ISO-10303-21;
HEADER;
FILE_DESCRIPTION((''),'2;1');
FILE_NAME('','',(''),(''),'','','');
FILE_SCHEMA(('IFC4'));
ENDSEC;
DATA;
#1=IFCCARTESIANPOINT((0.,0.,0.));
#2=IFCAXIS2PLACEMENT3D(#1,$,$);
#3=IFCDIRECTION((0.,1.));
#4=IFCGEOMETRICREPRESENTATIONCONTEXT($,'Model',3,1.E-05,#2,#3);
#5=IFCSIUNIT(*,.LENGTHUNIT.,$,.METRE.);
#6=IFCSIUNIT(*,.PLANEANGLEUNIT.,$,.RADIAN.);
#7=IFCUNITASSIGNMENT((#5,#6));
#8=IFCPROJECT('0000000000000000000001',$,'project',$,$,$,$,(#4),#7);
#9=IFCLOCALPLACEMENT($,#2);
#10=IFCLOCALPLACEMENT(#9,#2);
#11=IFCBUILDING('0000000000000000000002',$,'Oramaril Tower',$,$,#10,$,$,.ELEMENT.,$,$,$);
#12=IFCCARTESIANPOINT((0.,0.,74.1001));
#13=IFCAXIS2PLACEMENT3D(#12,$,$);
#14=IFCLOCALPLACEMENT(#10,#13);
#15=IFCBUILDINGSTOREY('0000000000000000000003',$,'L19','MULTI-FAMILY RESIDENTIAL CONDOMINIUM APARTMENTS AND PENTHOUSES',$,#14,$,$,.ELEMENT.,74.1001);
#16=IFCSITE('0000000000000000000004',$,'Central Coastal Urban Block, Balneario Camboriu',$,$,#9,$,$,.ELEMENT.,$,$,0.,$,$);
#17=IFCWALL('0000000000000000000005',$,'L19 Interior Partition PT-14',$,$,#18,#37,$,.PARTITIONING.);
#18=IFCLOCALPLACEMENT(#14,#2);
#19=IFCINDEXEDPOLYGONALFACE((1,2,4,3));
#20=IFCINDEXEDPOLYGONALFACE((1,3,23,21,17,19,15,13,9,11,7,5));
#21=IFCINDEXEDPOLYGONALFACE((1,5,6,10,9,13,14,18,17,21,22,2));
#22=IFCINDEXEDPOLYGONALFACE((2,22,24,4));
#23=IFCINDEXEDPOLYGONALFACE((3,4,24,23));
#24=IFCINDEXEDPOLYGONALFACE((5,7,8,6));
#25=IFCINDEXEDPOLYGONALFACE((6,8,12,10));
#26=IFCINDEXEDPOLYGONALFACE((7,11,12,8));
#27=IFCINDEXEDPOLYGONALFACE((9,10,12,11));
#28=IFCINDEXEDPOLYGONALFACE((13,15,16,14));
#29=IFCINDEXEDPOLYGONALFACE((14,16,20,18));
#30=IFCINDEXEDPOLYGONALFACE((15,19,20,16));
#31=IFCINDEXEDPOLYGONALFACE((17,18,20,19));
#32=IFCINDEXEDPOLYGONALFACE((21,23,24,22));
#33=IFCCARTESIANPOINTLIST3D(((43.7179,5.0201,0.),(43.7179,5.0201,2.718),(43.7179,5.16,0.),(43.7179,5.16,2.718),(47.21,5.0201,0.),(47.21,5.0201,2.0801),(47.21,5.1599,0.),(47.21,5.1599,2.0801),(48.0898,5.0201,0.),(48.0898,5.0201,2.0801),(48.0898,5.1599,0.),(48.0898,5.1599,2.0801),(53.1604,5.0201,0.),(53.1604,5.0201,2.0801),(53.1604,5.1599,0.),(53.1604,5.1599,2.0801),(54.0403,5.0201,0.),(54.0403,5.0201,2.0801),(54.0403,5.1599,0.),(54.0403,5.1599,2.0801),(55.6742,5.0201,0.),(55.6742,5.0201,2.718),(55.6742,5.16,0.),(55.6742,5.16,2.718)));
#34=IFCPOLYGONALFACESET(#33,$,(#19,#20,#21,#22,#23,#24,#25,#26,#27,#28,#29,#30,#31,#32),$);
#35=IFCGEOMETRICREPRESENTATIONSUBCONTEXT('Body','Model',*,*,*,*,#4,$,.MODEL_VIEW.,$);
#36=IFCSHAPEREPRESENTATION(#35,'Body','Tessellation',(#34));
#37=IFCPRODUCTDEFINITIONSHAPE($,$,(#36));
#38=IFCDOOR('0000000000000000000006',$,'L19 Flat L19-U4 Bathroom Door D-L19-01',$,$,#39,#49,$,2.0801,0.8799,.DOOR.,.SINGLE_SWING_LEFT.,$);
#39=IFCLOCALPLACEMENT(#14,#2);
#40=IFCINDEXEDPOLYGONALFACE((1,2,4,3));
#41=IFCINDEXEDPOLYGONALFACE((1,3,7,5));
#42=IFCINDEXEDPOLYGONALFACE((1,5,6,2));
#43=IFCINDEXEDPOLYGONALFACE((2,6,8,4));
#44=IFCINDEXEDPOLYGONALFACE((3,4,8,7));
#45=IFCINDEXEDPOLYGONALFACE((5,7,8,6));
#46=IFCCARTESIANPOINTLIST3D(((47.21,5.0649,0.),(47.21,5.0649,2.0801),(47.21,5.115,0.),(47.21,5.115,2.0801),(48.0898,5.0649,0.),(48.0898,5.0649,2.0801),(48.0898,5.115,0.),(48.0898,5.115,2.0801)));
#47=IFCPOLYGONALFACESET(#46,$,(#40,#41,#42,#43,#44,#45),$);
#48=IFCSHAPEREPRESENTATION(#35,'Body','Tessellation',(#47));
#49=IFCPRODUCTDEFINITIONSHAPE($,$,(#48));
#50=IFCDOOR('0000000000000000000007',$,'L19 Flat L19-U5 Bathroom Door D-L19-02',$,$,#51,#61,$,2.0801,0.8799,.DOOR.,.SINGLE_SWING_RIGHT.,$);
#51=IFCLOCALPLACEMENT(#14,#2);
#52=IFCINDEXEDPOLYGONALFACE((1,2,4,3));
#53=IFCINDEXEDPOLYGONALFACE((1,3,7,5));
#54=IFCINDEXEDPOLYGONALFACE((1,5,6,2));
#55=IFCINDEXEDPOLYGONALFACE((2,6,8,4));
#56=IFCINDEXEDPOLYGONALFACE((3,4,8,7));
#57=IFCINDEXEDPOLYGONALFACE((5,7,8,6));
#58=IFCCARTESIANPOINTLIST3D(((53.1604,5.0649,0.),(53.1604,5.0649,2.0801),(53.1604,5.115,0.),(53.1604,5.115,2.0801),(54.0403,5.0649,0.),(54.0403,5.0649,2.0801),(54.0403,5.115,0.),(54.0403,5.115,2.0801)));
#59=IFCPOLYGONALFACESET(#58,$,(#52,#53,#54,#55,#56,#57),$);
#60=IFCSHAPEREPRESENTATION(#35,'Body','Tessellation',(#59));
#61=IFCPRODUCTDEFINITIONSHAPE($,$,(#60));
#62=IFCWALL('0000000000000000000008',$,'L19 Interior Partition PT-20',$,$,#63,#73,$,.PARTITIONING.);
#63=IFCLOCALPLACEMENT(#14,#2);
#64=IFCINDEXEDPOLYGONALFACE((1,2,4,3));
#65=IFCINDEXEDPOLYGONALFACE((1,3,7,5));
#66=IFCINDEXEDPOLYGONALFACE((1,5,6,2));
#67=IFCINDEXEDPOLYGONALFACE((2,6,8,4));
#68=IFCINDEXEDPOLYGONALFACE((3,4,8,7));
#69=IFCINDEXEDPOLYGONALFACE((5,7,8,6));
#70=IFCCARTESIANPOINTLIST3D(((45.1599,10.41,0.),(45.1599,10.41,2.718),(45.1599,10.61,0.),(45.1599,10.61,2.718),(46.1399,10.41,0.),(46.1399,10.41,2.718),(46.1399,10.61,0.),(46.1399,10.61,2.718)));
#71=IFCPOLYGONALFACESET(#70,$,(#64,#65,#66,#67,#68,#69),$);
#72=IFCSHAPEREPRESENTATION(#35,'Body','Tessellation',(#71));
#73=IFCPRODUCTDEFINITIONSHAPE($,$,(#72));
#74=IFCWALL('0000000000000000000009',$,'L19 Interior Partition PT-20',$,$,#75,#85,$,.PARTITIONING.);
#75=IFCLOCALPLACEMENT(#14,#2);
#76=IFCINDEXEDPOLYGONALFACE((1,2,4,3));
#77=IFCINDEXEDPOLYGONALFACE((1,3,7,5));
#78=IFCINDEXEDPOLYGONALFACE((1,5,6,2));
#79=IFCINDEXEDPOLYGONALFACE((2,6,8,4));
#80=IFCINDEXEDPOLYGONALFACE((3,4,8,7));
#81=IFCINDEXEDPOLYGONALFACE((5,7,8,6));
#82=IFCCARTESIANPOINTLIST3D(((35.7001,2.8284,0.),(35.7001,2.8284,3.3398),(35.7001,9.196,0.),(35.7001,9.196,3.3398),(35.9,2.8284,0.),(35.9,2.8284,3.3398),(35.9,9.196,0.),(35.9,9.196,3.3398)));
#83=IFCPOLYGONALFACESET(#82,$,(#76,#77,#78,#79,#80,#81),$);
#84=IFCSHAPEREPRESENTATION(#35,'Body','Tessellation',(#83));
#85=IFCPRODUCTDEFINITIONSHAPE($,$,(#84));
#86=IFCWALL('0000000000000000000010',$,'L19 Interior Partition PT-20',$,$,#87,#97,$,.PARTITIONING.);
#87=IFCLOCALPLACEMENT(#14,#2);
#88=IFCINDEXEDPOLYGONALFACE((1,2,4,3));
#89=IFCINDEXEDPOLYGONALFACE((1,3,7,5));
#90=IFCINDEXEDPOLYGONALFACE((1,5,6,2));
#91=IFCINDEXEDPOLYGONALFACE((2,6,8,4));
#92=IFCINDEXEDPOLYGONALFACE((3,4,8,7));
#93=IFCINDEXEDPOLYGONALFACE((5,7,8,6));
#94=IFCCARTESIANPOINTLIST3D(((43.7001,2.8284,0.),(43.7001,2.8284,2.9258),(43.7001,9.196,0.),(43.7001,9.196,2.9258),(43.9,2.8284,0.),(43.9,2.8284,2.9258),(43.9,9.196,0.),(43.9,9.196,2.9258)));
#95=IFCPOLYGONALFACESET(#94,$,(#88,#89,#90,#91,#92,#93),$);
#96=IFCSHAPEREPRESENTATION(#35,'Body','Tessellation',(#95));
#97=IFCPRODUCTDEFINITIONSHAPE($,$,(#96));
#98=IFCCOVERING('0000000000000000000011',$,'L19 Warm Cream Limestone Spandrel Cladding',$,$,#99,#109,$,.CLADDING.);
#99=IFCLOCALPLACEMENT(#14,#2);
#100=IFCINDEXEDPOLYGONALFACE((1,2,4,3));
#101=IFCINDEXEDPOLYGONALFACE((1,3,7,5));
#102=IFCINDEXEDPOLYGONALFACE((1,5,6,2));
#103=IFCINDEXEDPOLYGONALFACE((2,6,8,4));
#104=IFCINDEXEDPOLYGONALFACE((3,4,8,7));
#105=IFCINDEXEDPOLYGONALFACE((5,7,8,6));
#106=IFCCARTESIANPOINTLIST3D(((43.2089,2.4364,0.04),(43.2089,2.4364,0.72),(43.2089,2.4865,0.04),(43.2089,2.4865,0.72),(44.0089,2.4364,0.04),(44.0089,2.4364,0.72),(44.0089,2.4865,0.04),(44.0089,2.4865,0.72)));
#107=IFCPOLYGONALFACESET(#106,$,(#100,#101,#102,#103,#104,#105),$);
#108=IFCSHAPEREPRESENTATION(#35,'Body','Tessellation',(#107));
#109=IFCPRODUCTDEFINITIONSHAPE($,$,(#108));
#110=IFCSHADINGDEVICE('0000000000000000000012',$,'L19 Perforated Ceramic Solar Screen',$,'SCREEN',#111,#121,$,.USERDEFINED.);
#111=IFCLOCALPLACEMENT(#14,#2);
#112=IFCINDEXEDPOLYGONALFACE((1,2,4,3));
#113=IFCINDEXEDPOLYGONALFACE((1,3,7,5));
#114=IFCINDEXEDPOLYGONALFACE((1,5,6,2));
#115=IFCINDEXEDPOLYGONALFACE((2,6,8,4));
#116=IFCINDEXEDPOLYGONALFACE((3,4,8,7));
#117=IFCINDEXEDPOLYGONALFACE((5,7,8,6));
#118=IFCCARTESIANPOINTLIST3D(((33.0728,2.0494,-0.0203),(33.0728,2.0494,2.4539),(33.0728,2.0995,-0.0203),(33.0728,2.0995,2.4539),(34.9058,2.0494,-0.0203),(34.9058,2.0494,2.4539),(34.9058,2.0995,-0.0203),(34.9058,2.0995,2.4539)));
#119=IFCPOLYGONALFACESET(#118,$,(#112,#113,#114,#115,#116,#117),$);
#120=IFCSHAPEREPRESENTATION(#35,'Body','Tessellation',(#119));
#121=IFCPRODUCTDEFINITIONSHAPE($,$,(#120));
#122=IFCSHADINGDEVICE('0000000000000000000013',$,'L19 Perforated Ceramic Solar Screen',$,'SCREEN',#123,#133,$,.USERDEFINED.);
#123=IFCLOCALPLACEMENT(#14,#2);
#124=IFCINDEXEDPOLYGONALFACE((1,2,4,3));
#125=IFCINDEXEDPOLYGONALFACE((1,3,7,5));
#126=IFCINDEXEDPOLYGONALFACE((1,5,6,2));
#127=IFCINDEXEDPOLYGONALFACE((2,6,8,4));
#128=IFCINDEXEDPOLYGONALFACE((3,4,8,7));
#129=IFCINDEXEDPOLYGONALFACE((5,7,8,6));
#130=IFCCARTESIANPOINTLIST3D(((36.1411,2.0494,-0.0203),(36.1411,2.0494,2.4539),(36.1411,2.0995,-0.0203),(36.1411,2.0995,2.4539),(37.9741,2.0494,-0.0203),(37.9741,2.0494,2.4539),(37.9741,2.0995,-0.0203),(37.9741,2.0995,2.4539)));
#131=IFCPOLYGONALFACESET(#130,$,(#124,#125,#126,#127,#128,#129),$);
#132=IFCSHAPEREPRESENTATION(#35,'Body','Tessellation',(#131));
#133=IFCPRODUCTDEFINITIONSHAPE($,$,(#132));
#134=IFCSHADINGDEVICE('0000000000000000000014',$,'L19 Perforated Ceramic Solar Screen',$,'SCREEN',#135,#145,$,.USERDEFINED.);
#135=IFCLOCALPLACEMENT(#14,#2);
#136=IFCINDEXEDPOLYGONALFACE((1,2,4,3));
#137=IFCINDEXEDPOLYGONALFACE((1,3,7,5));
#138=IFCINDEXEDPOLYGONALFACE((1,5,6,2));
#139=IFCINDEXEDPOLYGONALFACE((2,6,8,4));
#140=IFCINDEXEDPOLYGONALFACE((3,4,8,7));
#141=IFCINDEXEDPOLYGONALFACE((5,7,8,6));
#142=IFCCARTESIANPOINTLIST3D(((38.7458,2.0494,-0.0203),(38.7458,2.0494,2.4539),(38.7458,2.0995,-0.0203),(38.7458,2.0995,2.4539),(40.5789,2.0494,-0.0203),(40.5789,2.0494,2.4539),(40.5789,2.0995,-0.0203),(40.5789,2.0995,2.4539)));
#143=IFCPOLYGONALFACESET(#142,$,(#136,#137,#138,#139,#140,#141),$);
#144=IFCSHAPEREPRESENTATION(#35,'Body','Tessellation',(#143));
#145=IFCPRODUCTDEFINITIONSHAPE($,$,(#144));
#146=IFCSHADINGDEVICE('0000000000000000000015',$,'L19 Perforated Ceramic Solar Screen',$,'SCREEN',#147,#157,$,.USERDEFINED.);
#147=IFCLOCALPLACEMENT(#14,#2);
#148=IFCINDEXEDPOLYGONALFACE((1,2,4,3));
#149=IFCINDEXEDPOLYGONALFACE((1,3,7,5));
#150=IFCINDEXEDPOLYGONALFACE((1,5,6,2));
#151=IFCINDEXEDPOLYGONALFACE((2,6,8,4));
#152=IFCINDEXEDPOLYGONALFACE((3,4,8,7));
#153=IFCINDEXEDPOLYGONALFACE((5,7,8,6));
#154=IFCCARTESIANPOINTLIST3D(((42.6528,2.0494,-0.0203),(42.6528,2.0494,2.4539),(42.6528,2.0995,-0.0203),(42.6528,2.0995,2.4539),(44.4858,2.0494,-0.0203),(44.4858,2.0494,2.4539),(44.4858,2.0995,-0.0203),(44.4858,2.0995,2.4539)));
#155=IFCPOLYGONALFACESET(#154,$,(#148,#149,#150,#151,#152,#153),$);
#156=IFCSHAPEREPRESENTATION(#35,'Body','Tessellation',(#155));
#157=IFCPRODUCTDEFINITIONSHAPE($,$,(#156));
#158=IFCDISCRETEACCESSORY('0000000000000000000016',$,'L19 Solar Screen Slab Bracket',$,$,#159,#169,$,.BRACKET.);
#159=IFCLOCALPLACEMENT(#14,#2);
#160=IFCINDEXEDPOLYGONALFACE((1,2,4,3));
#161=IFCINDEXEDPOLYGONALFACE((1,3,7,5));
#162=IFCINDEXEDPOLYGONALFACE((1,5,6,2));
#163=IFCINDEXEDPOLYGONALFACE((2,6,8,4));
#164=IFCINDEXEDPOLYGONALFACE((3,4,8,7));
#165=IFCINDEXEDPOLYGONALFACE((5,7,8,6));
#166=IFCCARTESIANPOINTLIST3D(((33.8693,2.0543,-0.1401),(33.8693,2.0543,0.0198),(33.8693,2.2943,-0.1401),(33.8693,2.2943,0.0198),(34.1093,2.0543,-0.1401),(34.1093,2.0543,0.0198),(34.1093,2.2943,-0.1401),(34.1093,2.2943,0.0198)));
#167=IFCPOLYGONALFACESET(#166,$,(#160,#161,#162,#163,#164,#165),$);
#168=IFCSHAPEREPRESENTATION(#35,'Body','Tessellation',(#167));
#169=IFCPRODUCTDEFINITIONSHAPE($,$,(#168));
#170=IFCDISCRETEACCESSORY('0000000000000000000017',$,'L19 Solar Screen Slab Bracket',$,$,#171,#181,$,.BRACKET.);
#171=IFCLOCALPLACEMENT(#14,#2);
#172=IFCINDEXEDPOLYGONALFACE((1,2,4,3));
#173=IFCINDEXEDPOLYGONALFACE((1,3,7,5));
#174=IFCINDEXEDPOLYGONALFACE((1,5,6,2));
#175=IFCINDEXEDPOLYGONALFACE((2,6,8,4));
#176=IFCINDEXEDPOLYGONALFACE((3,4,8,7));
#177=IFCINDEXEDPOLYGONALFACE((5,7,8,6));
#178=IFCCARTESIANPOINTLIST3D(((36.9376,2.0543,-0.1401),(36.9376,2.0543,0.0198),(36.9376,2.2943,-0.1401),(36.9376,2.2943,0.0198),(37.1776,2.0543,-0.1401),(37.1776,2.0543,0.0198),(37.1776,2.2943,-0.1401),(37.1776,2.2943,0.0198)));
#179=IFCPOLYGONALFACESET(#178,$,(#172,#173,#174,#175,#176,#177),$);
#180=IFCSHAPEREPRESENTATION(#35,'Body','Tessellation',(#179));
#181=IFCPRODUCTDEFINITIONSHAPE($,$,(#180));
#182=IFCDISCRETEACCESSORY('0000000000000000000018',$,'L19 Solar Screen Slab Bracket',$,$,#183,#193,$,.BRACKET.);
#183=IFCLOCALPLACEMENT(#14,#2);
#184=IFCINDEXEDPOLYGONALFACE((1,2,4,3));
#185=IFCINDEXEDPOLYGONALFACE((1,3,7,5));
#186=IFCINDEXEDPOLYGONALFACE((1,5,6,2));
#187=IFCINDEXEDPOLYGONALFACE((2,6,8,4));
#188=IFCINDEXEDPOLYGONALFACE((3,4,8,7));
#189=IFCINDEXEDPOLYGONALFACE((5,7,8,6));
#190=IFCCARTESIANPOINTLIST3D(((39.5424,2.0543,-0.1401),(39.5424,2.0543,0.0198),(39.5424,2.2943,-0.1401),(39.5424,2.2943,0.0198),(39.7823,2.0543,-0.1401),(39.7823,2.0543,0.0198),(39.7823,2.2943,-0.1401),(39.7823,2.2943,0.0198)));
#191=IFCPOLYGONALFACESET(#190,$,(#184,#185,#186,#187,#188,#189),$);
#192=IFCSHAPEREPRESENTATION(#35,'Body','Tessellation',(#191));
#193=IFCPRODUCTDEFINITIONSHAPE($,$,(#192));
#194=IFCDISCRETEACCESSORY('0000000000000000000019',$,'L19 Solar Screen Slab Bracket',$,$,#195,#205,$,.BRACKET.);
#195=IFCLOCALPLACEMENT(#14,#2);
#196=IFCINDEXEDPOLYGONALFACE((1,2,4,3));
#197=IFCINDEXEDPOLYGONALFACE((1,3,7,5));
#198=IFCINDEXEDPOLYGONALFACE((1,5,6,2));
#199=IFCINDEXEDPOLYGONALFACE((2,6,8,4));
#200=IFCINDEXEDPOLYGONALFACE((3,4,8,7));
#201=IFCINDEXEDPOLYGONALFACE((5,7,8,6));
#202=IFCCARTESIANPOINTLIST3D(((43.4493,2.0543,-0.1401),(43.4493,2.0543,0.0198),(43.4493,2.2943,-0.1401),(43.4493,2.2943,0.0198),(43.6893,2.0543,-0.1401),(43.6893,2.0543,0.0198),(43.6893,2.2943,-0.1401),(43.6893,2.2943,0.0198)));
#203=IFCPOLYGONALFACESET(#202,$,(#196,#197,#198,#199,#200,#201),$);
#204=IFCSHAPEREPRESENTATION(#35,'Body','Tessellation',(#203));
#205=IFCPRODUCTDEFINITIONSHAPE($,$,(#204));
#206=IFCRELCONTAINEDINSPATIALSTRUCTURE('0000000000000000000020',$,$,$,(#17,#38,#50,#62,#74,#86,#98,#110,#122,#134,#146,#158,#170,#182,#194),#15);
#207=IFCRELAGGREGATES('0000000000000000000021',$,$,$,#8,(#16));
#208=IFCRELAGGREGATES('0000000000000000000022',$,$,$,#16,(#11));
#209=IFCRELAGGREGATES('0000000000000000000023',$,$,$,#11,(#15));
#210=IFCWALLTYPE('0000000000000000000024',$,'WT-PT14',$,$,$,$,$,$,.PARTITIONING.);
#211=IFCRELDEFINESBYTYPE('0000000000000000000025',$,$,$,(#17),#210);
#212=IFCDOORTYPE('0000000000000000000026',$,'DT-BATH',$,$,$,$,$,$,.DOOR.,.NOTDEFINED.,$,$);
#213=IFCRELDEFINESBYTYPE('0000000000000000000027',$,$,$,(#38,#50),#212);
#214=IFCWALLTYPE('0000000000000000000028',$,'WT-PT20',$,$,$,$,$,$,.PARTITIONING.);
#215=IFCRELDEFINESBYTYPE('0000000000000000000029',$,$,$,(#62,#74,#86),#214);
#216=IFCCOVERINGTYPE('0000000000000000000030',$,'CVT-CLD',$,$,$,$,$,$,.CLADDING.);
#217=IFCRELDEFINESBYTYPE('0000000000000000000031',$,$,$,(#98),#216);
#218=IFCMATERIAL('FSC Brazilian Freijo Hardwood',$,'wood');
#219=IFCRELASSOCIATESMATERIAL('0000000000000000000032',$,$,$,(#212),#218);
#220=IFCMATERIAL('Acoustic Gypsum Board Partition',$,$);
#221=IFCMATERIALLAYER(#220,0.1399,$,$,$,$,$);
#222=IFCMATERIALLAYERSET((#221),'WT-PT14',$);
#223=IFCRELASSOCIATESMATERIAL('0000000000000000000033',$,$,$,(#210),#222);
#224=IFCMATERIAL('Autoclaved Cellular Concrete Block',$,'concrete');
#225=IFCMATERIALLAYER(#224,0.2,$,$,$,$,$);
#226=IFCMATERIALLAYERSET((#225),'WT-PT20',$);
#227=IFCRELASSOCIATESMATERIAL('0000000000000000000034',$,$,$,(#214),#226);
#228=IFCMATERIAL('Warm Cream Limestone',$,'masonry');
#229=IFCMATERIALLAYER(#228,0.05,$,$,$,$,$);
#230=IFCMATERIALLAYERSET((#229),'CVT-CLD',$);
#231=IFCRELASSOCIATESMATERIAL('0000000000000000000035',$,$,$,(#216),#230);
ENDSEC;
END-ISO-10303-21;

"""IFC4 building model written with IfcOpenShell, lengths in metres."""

from ifc_helpers import new_model, si_unit, direction, frame, frame_2d, origin, origin_2d, place, context, subcontext, project, spatial, rectangle, extrude, material, layer, layer_set, type_object, element, fill, save


model = new_model("IFC4")

# Units and contexts
model_context = context("Model", 3, precision=1e-05, world=origin(), true_north=direction((0.0, 1.0)))
body_context = subcontext(model_context, "Body", "Model", "MODEL_VIEW")
ifc_project = project(units=[si_unit("LENGTHUNIT", "METRE"), si_unit("PLANEANGLEUNIT", "RADIAN")], contexts=[model_context])

# Site, building, storey
site_placement = place(None, origin())
site = spatial("IfcSite", under=ifc_project, at=site_placement, Name="Central Coastal Urban Block, Balneario Camboriu", CompositionType="ELEMENT", RefElevation=0.0)
building_placement = place(site_placement, origin())
building = spatial("IfcBuilding", under=site, at=building_placement, Name="Oramaril Tower", CompositionType="ELEMENT")
storey_placement = place(building_placement, frame((0.0, 0.0, 74.1001)))
storey = spatial("IfcBuildingStorey", under=building, at=storey_placement, Name="L19", Description="MULTI-FAMILY RESIDENTIAL CONDOMINIUM APARTMENTS AND PENTHOUSES", CompositionType="ELEMENT", Elevation=74.1001)

# Wall, openings, doors
ifc_material_1 = material(Name="FSC Brazilian Freijo Hardwood", Category="wood")
door_type_1 = type_object("IfcDoorType", Name="DT-BATH", OperationType="NOTDEFINED", PredefinedType="DOOR", material=ifc_material_1)
ifc_material_2 = material(Name="Acoustic Gypsum Board Partition")
ifc_layer_1 = layer(ifc_material_2, 0.1399)
ifc_layer_set_1 = layer_set([ifc_layer_1], Name="WT-PT14")
wall_type_1 = type_object("IfcWallType", Name="WT-PT14", PredefinedType="PARTITIONING", material=ifc_layer_set_1)
wall_1_placement = place(storey_placement, frame((43.718, 5.0901, 0.0), z_axis=(0.0, 0.0, 1.0), x_axis=(1.0, 0.0, 0.0)))
wall_1 = element("IfcWall", 1, at=wall_1_placement, inside=storey, type_object=wall_type_1, Name="L19 Interior Partition PT-14", PredefinedType="PARTITIONING", context=body_context, shape_type="SweptSolid", body=[
    extrude(rectangle(XDim=11.9563, YDim=0.1399, at=frame_2d((5.978, 0.0))), origin(), (0.0, 0.0, 1.0), 2.718),
])
opening_1_placement = place(wall_1_placement, frame((3.4919, 0.0, 0.0)))
opening_1 = element("IfcOpeningElement", 2, at=opening_1_placement, cuts=wall_1, PredefinedType="OPENING", context=body_context, shape_type="SweptSolid", body=[
    extrude(rectangle(XDim=0.8799, YDim=2.0801, at=frame_2d((0.4399, 1.04))), frame((0.0, 0.0698, 0.0), z_axis=(0.0, -1.0, 0.0), x_axis=(1.0, 0.0, 0.0)), (0.0, 0.0, 1.0), 0.1399),
])
opening_2_placement = place(wall_1_placement, frame((9.4424, 0.0, 0.0)))
opening_2 = element("IfcOpeningElement", 3, at=opening_2_placement, cuts=wall_1, PredefinedType="OPENING", context=body_context, shape_type="SweptSolid", body=[
    extrude(rectangle(XDim=0.8799, YDim=2.0801, at=frame_2d((0.4399, 1.04))), frame((0.0, 0.0698, 0.0), z_axis=(0.0, -1.0, 0.0), x_axis=(1.0, 0.0, 0.0)), (0.0, 0.0, 1.0), 0.1399),
])
door_1_placement = place(opening_1_placement, origin())
door_1 = element("IfcDoor", 4, at=door_1_placement, inside=storey, type_object=door_type_1, Name="L19 Flat L19-U4 Bathroom Door D-L19-01", OperationType="SINGLE_SWING_LEFT", OverallHeight=2.0801, OverallWidth=0.8799, PredefinedType="DOOR", context=body_context, shape_type="SweptSolid", body=[
    extrude(rectangle(XDim=0.8799, YDim=2.0801, at=frame_2d((0.4399, 1.04))), frame((0.0, 0.0249, 0.0), z_axis=(0.0, -1.0, 0.0), x_axis=(1.0, 0.0, 0.0)), (0.0, 0.0, 1.0), 0.05),
])
fill(opening_1, door_1)
door_2_placement = place(opening_2_placement, origin())
door_2 = element("IfcDoor", 5, at=door_2_placement, inside=storey, type_object=door_type_1, Name="L19 Flat L19-U5 Bathroom Door D-L19-02", OperationType="SINGLE_SWING_RIGHT", OverallHeight=2.0801, OverallWidth=0.8799, PredefinedType="DOOR", context=body_context, shape_type="SweptSolid", body=[
    extrude(rectangle(XDim=0.8799, YDim=2.0801, at=frame_2d((0.4399, 1.04))), frame((0.0, 0.0249, 0.0), z_axis=(0.0, -1.0, 0.0), x_axis=(1.0, 0.0, 0.0)), (0.0, 0.0, 1.0), 0.05),
])
fill(opening_2, door_2)

# Walls
ifc_material_3 = material(Name="Autoclaved Cellular Concrete Block", Category="concrete")
ifc_layer_2 = layer(ifc_material_3, 0.2)
ifc_layer_set_2 = layer_set([ifc_layer_2], Name="WT-PT20")
wall_type_2 = type_object("IfcWallType", Name="WT-PT20", PredefinedType="PARTITIONING", material=ifc_layer_set_2)
wall_2_placement = place(storey_placement, frame((45.1599, 10.51, 0.0), z_axis=(0.0, 0.0, 1.0), x_axis=(1.0, 0.0, 0.0)))
element("IfcWall", 6, at=wall_2_placement, inside=storey, type_object=wall_type_2, Name="L19 Interior Partition PT-20", PredefinedType="PARTITIONING", context=body_context, shape_type="SweptSolid", body=[
    extrude(rectangle(XDim=0.98, YDim=0.2, at=frame_2d((0.49, 0.0))), origin(), (0.0, 0.0, 1.0), 2.718),
])
wall_3_placement = place(storey_placement, frame((35.8, 2.8284, 0.0), z_axis=(0.0, 0.0, 1.0), x_axis=(0.0, 1.0, 0.0)))
element("IfcWall", 7, at=wall_3_placement, inside=storey, type_object=wall_type_2, Name="L19 Interior Partition PT-20", PredefinedType="PARTITIONING", context=body_context, shape_type="SweptSolid", body=[
    extrude(rectangle(XDim=6.3677, YDim=0.2, at=frame_2d((3.1838, 0.0))), origin(), (0.0, 0.0, 1.0), 3.3398),
])
wall_4_placement = place(storey_placement, frame((43.8, 2.8284, 0.0), z_axis=(0.0, 0.0, 1.0), x_axis=(0.0, 1.0, 0.0)))
element("IfcWall", 8, at=wall_4_placement, inside=storey, type_object=wall_type_2, Name="L19 Interior Partition PT-20", PredefinedType="PARTITIONING", context=body_context, shape_type="SweptSolid", body=[
    extrude(rectangle(XDim=6.3677, YDim=0.2, at=frame_2d((3.1838, 0.0))), origin(), (0.0, 0.0, 1.0), 2.9258),
])

# Covering
ifc_material_4 = material(Name="Warm Cream Limestone", Category="masonry")
ifc_layer_3 = layer(ifc_material_4, 0.05)
ifc_layer_set_3 = layer_set([ifc_layer_3], Name="CVT-CLD")
covering_type = type_object("IfcCoveringType", Name="CVT-CLD", PredefinedType="CLADDING", material=ifc_layer_set_3)
covering_placement = place(storey_placement, frame((43.6089, 2.4614, 0.04), z_axis=(0.0, 0.0, 1.0), x_axis=(1.0, 0.0, 0.0)))
element("IfcCovering", 9, at=covering_placement, inside=storey, type_object=covering_type, Name="L19 Warm Cream Limestone Spandrel Cladding", PredefinedType="CLADDING", context=body_context, shape_type="SweptSolid", body=[
    extrude(rectangle(XDim=0.8, YDim=0.05, at=origin_2d()), origin(), (0.0, 0.0, 1.0), 0.6799),
])

# Shading devices
for number, where, z_axis, x_axis, name in (
    (10, (33.9893, 2.0745, -0.0203), (0.0, 0.0, 1.0), (1.0, 0.0, 0.0), "L19 Perforated Ceramic Solar Screen"),
    (11, (37.0576, 2.0745, -0.0203), (0.0, 0.0, 1.0), (1.0, 0.0, 0.0), "L19 Perforated Ceramic Solar Screen"),
    (12, (39.6624, 2.0745, -0.0203), (0.0, 0.0, 1.0), (1.0, 0.0, 0.0), "L19 Perforated Ceramic Solar Screen"),
    (13, (43.5693, 2.0745, -0.0203), (0.0, 0.0, 1.0), (1.0, 0.0, 0.0), "L19 Perforated Ceramic Solar Screen"),
):
    element("IfcShadingDevice", number, at=place(storey_placement, frame(where, z_axis=z_axis, x_axis=x_axis)), inside=storey, Name=name, ObjectType="SCREEN", PredefinedType="USERDEFINED", context=body_context, shape_type="SweptSolid", body=[
        extrude(rectangle(XDim=1.833, YDim=0.05, at=origin_2d()), origin(), (0.0, 0.0, 1.0), 2.4741),
    ])

# Discrete accessories
for number, where, z_axis, x_axis, name in (
    (14, (33.9893, 2.1743, -0.1401), (0.0, 0.0, 1.0), (1.0, 0.0, 0.0), "L19 Solar Screen Slab Bracket"),
    (15, (37.0576, 2.1743, -0.1401), (0.0, 0.0, 1.0), (1.0, 0.0, 0.0), "L19 Solar Screen Slab Bracket"),
    (16, (39.6624, 2.1743, -0.1401), (0.0, 0.0, 1.0), (1.0, 0.0, 0.0), "L19 Solar Screen Slab Bracket"),
    (17, (43.5693, 2.1743, -0.1401), (0.0, 0.0, 1.0), (1.0, 0.0, 0.0), "L19 Solar Screen Slab Bracket"),
):
    element("IfcDiscreteAccessory", number, at=place(storey_placement, frame(where, z_axis=z_axis, x_axis=x_axis)), inside=storey, Name=name, PredefinedType="BRACKET", context=body_context, shape_type="SweptSolid", body=[
        extrude(rectangle(XDim=0.24, YDim=0.24, at=origin_2d()), origin(), (0.0, 0.0, 1.0), 0.1599),
    ])

save(model, "model.ifc")
